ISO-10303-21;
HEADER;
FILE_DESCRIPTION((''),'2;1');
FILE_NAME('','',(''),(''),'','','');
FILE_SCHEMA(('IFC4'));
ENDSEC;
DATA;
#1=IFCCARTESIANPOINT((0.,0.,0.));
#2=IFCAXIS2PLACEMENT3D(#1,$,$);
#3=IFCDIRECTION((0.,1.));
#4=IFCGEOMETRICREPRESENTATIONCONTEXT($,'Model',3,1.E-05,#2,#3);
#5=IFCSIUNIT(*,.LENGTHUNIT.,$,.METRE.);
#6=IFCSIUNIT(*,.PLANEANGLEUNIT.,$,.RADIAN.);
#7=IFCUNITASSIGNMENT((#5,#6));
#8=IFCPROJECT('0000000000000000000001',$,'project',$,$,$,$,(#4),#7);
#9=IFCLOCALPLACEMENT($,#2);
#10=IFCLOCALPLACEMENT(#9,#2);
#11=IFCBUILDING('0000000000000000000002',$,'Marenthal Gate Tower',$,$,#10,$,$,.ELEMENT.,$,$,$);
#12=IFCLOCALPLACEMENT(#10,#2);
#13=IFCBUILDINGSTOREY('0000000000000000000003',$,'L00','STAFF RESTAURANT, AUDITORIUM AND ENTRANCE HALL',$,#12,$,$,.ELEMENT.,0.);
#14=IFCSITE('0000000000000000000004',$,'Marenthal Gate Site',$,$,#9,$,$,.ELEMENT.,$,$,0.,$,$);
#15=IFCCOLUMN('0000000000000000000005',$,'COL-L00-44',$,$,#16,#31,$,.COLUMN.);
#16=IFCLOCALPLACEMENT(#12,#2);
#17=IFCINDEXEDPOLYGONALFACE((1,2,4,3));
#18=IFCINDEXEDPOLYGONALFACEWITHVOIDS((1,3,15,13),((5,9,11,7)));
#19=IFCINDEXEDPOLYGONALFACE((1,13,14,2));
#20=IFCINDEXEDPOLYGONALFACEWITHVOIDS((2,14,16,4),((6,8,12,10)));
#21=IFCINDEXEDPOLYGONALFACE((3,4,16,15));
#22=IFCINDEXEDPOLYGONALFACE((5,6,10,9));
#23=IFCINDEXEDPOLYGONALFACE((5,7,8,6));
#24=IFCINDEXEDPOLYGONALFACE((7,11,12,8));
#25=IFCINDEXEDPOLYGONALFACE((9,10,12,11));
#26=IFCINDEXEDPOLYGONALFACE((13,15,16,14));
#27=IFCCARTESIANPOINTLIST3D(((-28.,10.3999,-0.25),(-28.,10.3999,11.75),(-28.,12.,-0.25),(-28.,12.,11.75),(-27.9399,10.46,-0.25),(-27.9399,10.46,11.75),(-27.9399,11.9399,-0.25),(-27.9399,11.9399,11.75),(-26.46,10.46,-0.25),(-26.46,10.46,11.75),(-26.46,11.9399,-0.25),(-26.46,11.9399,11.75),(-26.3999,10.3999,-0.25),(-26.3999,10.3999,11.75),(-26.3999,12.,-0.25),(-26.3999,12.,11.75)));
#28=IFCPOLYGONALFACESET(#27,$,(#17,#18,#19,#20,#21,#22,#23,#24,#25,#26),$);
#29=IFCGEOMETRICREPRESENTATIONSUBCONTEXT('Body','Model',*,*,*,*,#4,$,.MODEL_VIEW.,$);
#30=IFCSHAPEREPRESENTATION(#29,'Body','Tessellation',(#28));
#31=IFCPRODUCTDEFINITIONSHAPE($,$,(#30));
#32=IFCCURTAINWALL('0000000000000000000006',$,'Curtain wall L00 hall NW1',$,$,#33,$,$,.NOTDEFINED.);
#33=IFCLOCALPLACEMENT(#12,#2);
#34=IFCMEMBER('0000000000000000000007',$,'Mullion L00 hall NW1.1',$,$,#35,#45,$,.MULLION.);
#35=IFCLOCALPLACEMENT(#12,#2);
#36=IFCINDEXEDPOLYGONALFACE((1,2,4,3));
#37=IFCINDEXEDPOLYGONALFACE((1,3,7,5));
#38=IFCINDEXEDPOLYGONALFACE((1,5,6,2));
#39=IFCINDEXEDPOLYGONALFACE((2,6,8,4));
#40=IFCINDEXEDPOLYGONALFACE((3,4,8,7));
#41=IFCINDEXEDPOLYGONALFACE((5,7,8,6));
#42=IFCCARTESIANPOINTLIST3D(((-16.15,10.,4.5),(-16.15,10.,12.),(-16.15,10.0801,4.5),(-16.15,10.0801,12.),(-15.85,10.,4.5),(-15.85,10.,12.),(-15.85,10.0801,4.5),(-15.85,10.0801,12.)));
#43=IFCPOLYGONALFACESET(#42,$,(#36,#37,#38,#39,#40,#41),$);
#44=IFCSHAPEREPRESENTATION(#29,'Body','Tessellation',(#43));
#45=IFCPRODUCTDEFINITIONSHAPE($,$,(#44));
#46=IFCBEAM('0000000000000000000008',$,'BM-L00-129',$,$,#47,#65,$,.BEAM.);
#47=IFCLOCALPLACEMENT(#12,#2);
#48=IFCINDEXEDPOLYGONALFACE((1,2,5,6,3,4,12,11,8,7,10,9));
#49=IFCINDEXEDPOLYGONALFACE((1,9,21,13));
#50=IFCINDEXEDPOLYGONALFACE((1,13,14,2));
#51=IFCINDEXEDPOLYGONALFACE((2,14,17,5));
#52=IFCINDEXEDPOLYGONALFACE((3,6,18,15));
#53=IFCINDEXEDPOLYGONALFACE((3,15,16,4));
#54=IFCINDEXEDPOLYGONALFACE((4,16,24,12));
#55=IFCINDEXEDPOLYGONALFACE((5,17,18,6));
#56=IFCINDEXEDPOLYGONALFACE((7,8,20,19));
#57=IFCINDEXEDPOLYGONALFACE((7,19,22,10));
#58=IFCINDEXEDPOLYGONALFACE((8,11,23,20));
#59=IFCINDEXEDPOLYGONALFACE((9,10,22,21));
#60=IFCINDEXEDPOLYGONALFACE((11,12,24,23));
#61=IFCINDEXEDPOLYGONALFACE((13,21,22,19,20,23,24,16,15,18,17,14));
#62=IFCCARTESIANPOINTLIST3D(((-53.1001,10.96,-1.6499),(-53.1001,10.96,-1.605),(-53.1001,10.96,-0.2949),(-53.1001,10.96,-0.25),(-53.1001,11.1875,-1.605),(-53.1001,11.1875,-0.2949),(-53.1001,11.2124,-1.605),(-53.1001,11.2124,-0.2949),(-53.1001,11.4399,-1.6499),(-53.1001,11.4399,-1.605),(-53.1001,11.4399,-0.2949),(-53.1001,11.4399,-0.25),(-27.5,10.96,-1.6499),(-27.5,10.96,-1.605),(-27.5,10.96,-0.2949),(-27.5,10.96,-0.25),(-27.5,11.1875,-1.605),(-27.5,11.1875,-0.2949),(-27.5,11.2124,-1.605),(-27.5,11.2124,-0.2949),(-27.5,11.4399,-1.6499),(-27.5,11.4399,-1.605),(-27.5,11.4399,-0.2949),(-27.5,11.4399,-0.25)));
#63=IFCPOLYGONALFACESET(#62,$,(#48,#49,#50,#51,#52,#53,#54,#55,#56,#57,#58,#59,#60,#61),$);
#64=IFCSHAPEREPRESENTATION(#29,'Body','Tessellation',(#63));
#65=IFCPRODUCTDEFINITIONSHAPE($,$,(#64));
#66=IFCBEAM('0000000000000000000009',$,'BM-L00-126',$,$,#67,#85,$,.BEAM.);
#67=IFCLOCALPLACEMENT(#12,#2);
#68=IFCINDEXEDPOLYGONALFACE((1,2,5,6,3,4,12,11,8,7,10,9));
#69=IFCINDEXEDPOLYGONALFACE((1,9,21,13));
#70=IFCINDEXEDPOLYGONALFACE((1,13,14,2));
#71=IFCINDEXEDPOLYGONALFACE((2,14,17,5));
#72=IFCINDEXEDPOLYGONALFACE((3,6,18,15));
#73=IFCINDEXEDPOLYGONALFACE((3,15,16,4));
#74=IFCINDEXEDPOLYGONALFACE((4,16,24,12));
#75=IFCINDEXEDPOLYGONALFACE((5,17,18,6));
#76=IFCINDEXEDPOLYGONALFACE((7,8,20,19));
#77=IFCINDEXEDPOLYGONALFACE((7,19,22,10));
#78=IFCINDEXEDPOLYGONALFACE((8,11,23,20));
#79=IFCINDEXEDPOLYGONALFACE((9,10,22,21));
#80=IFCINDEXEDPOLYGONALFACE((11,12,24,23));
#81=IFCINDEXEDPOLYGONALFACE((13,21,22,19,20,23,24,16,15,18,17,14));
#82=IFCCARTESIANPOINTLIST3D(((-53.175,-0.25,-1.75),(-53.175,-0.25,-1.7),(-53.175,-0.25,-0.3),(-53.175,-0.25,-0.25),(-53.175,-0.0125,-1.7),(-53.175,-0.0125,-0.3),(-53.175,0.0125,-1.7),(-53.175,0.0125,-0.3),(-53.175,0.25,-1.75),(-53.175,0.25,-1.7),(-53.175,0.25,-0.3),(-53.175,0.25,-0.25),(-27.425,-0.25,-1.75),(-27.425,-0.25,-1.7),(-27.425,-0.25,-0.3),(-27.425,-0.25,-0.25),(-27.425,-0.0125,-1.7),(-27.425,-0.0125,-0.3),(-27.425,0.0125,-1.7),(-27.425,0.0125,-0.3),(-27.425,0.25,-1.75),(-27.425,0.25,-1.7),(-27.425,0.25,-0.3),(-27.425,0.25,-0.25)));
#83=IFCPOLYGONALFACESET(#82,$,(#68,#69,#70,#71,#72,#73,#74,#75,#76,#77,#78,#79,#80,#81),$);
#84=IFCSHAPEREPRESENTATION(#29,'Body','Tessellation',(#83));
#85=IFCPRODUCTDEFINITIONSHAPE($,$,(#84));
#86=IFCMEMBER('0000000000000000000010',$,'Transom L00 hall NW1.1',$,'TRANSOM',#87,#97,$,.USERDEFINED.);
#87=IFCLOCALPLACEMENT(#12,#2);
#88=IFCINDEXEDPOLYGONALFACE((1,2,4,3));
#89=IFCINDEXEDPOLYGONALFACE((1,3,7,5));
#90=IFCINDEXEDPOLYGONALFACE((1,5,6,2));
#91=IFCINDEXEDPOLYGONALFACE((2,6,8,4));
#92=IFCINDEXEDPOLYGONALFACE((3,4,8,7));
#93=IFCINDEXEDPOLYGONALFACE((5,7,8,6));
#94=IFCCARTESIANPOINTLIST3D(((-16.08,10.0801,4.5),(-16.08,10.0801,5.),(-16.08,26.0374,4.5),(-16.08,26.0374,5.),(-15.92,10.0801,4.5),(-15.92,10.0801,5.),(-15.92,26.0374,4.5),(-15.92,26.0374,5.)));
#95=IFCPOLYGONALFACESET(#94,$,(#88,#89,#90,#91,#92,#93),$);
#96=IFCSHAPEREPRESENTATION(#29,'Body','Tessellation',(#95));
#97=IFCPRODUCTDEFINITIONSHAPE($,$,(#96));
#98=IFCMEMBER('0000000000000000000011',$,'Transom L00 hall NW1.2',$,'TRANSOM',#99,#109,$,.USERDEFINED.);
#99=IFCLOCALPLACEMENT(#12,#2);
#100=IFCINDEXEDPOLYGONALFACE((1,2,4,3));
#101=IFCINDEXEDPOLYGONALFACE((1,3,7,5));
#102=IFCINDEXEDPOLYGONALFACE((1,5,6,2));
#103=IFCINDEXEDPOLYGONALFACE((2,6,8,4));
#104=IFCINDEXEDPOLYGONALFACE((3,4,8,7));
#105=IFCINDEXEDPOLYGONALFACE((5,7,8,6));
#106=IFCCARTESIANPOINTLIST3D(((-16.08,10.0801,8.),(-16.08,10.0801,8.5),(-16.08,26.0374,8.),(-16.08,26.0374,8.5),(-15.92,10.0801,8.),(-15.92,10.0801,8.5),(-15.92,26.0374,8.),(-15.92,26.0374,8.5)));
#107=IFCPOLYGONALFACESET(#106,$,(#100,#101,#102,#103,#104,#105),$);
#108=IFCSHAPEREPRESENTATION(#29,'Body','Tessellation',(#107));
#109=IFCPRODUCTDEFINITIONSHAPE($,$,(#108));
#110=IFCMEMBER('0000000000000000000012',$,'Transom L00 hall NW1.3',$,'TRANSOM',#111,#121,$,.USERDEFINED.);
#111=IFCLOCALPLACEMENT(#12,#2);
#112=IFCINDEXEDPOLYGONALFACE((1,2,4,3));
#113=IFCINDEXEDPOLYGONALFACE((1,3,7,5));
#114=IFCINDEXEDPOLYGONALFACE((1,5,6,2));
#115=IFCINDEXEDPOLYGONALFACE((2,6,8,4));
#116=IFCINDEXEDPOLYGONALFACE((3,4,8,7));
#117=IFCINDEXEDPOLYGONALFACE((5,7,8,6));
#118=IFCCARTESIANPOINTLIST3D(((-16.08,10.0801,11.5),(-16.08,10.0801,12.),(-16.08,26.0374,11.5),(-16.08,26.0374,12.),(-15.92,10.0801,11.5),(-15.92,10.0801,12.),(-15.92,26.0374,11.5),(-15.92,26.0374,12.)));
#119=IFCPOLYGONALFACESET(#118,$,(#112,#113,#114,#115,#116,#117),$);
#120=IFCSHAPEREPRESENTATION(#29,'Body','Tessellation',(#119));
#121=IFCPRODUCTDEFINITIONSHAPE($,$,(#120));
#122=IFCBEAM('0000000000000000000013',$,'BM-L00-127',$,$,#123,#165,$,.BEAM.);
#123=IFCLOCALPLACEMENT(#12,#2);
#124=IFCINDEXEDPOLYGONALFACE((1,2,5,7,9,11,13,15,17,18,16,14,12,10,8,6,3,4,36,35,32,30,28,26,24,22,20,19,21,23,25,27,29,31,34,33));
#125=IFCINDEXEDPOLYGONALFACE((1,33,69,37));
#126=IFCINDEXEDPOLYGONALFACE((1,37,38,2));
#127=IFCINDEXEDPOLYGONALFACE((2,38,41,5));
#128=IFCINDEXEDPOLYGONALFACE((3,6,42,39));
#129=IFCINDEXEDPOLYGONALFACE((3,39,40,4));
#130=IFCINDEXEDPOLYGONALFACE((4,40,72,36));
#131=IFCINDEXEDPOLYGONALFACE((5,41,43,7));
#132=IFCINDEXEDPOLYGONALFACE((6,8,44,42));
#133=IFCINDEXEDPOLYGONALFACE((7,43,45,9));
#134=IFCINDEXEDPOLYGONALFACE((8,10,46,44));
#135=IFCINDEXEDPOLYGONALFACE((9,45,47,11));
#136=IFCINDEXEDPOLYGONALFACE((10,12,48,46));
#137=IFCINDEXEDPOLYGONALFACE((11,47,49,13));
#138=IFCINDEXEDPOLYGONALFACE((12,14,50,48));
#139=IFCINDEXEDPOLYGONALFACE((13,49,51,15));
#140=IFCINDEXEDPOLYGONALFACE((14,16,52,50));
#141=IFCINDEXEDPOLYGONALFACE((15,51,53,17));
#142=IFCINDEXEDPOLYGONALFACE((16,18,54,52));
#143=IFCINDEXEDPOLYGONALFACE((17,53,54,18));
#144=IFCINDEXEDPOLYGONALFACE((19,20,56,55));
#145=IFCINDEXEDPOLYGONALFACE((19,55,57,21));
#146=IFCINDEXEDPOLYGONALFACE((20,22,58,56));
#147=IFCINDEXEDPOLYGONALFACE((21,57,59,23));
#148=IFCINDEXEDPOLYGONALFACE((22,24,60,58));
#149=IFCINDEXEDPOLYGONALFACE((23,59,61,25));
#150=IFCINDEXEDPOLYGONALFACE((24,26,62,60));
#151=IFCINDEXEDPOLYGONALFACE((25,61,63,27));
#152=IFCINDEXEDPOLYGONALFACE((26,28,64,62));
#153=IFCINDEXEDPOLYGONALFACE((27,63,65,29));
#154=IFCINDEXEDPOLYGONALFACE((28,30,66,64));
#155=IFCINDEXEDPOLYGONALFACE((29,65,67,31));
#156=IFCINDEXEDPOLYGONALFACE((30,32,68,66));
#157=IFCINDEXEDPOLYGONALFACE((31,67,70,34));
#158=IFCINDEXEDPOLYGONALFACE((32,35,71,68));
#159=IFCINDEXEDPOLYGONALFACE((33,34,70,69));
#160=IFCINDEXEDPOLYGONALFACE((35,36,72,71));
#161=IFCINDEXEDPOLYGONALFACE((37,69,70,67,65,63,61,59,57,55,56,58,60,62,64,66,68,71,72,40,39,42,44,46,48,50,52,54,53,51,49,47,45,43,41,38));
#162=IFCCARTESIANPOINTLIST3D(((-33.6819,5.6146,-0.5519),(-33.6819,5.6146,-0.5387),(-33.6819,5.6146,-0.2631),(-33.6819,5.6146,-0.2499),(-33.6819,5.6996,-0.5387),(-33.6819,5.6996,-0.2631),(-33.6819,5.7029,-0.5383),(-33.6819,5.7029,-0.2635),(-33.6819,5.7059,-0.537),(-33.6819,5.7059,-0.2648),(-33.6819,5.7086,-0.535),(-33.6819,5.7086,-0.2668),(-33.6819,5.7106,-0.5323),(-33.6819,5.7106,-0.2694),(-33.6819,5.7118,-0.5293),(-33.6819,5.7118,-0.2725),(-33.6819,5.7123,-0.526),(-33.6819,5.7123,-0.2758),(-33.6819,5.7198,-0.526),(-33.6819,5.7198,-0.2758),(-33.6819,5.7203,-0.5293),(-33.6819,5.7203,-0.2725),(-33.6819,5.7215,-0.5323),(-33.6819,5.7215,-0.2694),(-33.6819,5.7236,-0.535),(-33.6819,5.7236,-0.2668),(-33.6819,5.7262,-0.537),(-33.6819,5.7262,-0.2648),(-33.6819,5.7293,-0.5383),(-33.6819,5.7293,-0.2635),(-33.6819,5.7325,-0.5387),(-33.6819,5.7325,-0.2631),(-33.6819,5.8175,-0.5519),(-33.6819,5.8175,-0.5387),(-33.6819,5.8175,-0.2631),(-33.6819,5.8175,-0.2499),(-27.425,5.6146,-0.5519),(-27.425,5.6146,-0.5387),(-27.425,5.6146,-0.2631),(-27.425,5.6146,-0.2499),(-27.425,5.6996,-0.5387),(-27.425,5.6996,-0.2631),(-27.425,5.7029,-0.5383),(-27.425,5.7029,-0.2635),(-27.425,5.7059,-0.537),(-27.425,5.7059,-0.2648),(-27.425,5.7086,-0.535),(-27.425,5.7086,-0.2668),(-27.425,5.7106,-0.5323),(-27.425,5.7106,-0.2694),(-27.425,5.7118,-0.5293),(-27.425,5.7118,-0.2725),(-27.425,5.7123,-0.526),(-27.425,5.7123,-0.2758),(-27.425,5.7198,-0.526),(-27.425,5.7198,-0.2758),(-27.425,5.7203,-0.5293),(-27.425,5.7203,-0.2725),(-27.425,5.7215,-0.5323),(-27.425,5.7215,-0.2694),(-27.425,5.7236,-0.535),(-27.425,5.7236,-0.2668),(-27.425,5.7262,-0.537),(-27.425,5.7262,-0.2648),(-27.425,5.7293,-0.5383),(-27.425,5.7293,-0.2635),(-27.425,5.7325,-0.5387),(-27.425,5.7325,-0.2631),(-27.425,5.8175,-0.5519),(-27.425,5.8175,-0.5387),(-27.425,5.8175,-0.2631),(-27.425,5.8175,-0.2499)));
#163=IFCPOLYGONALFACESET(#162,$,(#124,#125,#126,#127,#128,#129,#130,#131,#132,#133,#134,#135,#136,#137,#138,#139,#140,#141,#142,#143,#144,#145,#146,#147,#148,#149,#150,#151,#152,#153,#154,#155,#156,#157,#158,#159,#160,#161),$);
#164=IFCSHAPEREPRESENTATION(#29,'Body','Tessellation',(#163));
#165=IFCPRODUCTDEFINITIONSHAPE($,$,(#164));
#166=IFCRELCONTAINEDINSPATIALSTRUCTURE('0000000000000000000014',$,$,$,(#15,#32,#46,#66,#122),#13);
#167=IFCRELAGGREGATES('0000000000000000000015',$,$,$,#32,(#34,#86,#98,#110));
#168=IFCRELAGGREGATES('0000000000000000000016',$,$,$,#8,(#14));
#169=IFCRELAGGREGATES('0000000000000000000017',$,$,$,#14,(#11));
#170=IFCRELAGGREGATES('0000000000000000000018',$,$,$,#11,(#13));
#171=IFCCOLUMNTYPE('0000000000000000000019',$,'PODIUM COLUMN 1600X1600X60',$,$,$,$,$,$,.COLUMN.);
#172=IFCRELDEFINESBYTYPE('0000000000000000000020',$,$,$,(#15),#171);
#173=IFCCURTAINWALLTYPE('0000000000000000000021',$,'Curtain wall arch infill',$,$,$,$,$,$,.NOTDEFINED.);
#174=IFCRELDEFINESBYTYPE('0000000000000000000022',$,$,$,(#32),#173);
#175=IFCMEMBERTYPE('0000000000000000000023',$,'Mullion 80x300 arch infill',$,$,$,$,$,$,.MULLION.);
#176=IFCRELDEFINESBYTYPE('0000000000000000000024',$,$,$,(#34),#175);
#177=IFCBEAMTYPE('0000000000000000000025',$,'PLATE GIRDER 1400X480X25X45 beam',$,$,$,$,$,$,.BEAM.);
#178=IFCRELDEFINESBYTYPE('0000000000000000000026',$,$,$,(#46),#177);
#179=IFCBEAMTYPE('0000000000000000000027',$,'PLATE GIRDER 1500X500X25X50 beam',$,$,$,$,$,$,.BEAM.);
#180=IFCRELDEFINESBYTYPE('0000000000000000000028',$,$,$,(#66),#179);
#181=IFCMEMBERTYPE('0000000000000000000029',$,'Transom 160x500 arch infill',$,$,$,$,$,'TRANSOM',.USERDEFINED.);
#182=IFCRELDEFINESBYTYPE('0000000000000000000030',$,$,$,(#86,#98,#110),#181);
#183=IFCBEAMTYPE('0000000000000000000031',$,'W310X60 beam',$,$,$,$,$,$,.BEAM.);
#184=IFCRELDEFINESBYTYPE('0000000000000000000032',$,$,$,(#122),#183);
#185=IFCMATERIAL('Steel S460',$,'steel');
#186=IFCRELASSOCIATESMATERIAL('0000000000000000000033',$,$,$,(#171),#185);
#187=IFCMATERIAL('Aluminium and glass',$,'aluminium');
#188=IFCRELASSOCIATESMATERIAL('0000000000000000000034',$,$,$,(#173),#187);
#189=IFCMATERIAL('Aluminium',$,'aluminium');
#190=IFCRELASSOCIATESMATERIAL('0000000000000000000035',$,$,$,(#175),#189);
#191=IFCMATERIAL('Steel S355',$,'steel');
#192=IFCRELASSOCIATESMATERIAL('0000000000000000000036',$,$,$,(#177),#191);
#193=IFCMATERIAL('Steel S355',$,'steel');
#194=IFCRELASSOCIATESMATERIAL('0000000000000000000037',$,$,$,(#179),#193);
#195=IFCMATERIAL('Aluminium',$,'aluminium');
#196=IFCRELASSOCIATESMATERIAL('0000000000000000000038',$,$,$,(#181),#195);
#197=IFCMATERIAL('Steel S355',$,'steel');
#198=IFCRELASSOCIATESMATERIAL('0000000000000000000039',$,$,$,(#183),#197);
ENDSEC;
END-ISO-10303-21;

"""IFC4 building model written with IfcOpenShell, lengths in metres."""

from ifc_helpers import new_model, si_unit, direction, frame, origin, origin_2d, place, context, subcontext, project, spatial, rectangle, hollow_rectangle, i_section, extrude, material, material_profile, profile_set, type_object, element, aggregate, save


model = new_model("IFC4")

# Units and contexts
model_context = context("Model", 3, precision=1e-05, world=origin(), true_north=direction((0.0, 1.0)))
body_context = subcontext(model_context, "Body", "Model", "MODEL_VIEW")
ifc_project = project(units=[si_unit("LENGTHUNIT", "METRE"), si_unit("PLANEANGLEUNIT", "RADIAN")], contexts=[model_context])

# Site, building, storey
site_placement = place(None, origin())
site = spatial("IfcSite", under=ifc_project, at=site_placement, Name="Marenthal Gate Site", CompositionType="ELEMENT", RefElevation=0.0)
building_placement = place(site_placement, origin())
building = spatial("IfcBuilding", under=site, at=building_placement, Name="Marenthal Gate Tower", CompositionType="ELEMENT")
storey_placement = place(building_placement, origin())
storey = spatial("IfcBuildingStorey", under=building, at=storey_placement, Name="L00", Description="STAFF RESTAURANT, AUDITORIUM AND ENTRANCE HALL", CompositionType="ELEMENT", Elevation=0.0)

# Column
ifc_material_1 = material(Name="Steel S460", Category="steel")
ifc_material_profile_1 = material_profile(ifc_material_1, hollow_rectangle(XDim=1.6001, YDim=1.6001, WallThickness=0.0601, at=origin_2d()), Name="CFT BOX 1600X1600X60")
ifc_material_2 = material(Name="Concrete 70 MPa", Category="concrete")
ifc_material_profile_2 = material_profile(ifc_material_2, rectangle(XDim=1.48, YDim=1.48, at=origin_2d()), Name="CFT BOX 1600X1600X60 INFILL")
ifc_profile_set_1 = profile_set([ifc_material_profile_1, ifc_material_profile_2], Name="Steel S460 shell, Concrete 70 MPa infill")
column_type = type_object("IfcColumnType", Name="PODIUM COLUMN 1600X1600X60", PredefinedType="COLUMN", material=ifc_profile_set_1)
column_placement = place(storey_placement, frame((-27.2, 11.2, -0.25), z_axis=(0.0, 0.0, 1.0), x_axis=(1.0, 0.0, 0.0)))
element("IfcColumn", 1, at=column_placement, inside=storey, type_object=column_type, Name="COL-L00-44", PredefinedType="COLUMN", context=body_context, shape_type="SweptSolid", body=[
    extrude(hollow_rectangle(XDim=1.6001, YDim=1.6001, WallThickness=0.0601, at=origin_2d()), origin(), (0.0, 0.0, 1.0), 12.0),
])

# Curtain wall, member
ifc_material_3 = material(Name="Aluminium and glass", Category="aluminium")
curtain_wall_type = type_object("IfcCurtainWallType", Name="Curtain wall arch infill", PredefinedType="NOTDEFINED", material=ifc_material_3)
curtain_wall_placement = place(storey_placement, origin())
curtain_wall = element("IfcCurtainWall", 2, at=curtain_wall_placement, inside=storey, type_object=curtain_wall_type, Name="Curtain wall L00 hall NW1", PredefinedType="NOTDEFINED")
ifc_material_4 = material(Name="Aluminium", Category="aluminium")
ifc_material_profile_3 = material_profile(ifc_material_4, rectangle(XDim=0.3, YDim=0.0801, at=origin_2d()), Name="80x300 aluminium mullion")
ifc_profile_set_2 = profile_set([ifc_material_profile_3], Name="Aluminium")
member_type_1 = type_object("IfcMemberType", Name="Mullion 80x300 arch infill", PredefinedType="MULLION", material=ifc_profile_set_2)
member_1_placement = place(storey_placement, frame((-16.0, 10.04, 4.5), z_axis=(0.0, 0.0, 1.0), x_axis=(-1.0, 0.0, 0.0)))
member_1 = element("IfcMember", 3, at=member_1_placement, type_object=member_type_1, Name="Mullion L00 hall NW1.1", PredefinedType="MULLION", context=body_context, shape_type="SweptSolid", body=[
    extrude(rectangle(XDim=0.3, YDim=0.0801, at=origin_2d()), origin(), (0.0, 0.0, 1.0), 7.5),
])

# Beams
ifc_material_5 = material(Name="Steel S355", Category="steel")
ifc_material_profile_4 = material_profile(ifc_material_5, i_section(OverallWidth=0.48, OverallDepth=1.3999, WebThickness=0.0249, FlangeThickness=0.0449, at=origin_2d()), Name="PLATE GIRDER 1400X480X25X45")
ifc_profile_set_3 = profile_set([ifc_material_profile_4], Name="Steel S355")
beam_type_1 = type_object("IfcBeamType", Name="PLATE GIRDER 1400X480X25X45 beam", PredefinedType="BEAM", material=ifc_profile_set_3)
beam_1_placement = place(storey_placement, frame((-27.5, 11.2, -0.95), z_axis=(-1.0, 0.0, 0.0), x_axis=(0.0, -1.0, 0.0)))
element("IfcBeam", 4, at=beam_1_placement, inside=storey, type_object=beam_type_1, Name="BM-L00-129", PredefinedType="BEAM", context=body_context, shape_type="SweptSolid", body=[
    extrude(i_section(OverallWidth=0.48, OverallDepth=1.3999, WebThickness=0.0249, FlangeThickness=0.0449, at=origin_2d()), origin(), (0.0, 0.0, 1.0), 25.6001),
])
ifc_material_6 = material(Name="Steel S355", Category="steel")
ifc_material_profile_5 = material_profile(ifc_material_6, i_section(OverallWidth=0.5, OverallDepth=1.5, WebThickness=0.0249, FlangeThickness=0.05, at=origin_2d()), Name="PLATE GIRDER 1500X500X25X50")
ifc_profile_set_4 = profile_set([ifc_material_profile_5], Name="Steel S355")
beam_type_2 = type_object("IfcBeamType", Name="PLATE GIRDER 1500X500X25X50 beam", PredefinedType="BEAM", material=ifc_profile_set_4)
beam_2_placement = place(storey_placement, frame((-27.425, 0.0, -1.0), z_axis=(-1.0, 0.0, 0.0), x_axis=(0.0, -1.0, 0.0)))
element("IfcBeam", 5, at=beam_2_placement, inside=storey, type_object=beam_type_2, Name="BM-L00-126", PredefinedType="BEAM", context=body_context, shape_type="SweptSolid", body=[
    extrude(i_section(OverallWidth=0.5, OverallDepth=1.5, WebThickness=0.0249, FlangeThickness=0.05, at=origin_2d()), origin(), (0.0, 0.0, 1.0), 25.75),
])

# Members
ifc_material_7 = material(Name="Aluminium", Category="aluminium")
ifc_material_profile_6 = material_profile(ifc_material_7, rectangle(XDim=0.1599, YDim=0.5, at=origin_2d()), Name="160x500 aluminium transom")
ifc_profile_set_5 = profile_set([ifc_material_profile_6], Name="Aluminium")
member_type_2 = type_object("IfcMemberType", Name="Transom 160x500 arch infill", ElementType="TRANSOM", PredefinedType="USERDEFINED", material=ifc_profile_set_5)
member_2_placement = place(storey_placement, frame((-16.0, 10.0801, 4.75), z_axis=(0.0, 1.0, 0.0), x_axis=(-1.0, 0.0, 0.0)))
member_2 = element("IfcMember", 6, at=member_2_placement, type_object=member_type_2, Name="Transom L00 hall NW1.1", ObjectType="TRANSOM", PredefinedType="USERDEFINED", context=body_context, shape_type="SweptSolid", body=[
    extrude(rectangle(XDim=0.1599, YDim=0.5, at=origin_2d()), origin(), (0.0, 0.0, 1.0), 15.9573),
])
member_3_placement = place(storey_placement, frame((-16.0, 10.0801, 8.25), z_axis=(0.0, 1.0, 0.0), x_axis=(-1.0, 0.0, 0.0)))
member_3 = element("IfcMember", 7, at=member_3_placement, type_object=member_type_2, Name="Transom L00 hall NW1.2", ObjectType="TRANSOM", PredefinedType="USERDEFINED", context=body_context, shape_type="SweptSolid", body=[
    extrude(rectangle(XDim=0.1599, YDim=0.5, at=origin_2d()), origin(), (0.0, 0.0, 1.0), 15.9573),
])
member_4_placement = place(storey_placement, frame((-16.0, 10.0801, 11.75), z_axis=(0.0, 1.0, 0.0), x_axis=(-1.0, 0.0, 0.0)))
member_4 = element("IfcMember", 8, at=member_4_placement, type_object=member_type_2, Name="Transom L00 hall NW1.3", ObjectType="TRANSOM", PredefinedType="USERDEFINED", context=body_context, shape_type="SweptSolid", body=[
    extrude(rectangle(XDim=0.1599, YDim=0.5, at=origin_2d()), origin(), (0.0, 0.0, 1.0), 15.9573),
])

# Beam
ifc_material_8 = material(Name="Steel S355", Category="steel")
ifc_material_profile_7 = material_profile(ifc_material_8, i_section(OverallWidth=0.2029, OverallDepth=0.302, WebThickness=0.0076, FlangeThickness=0.0132, FilletRadius=0.0127, at=origin_2d()), Name="W310X60")
ifc_profile_set_6 = profile_set([ifc_material_profile_7], Name="Steel S355")
beam_type_3 = type_object("IfcBeamType", Name="W310X60 beam", PredefinedType="BEAM", material=ifc_profile_set_6)
beam_3_placement = place(storey_placement, frame((-27.425, 5.7161, -0.4009), z_axis=(-1.0, 0.0, 0.0), x_axis=(0.0, -1.0, 0.0)))
element("IfcBeam", 9, at=beam_3_placement, inside=storey, type_object=beam_type_3, Name="BM-L00-127", PredefinedType="BEAM", context=body_context, shape_type="SweptSolid", body=[
    extrude(i_section(OverallWidth=0.2029, OverallDepth=0.302, WebThickness=0.0076, FlangeThickness=0.0132, FilletRadius=0.0127, at=origin_2d()), origin(), (0.0, 0.0, 1.0), 6.2568),
])

aggregate(curtain_wall, [member_1, member_2, member_3, member_4])

save(model, "model.ifc")
